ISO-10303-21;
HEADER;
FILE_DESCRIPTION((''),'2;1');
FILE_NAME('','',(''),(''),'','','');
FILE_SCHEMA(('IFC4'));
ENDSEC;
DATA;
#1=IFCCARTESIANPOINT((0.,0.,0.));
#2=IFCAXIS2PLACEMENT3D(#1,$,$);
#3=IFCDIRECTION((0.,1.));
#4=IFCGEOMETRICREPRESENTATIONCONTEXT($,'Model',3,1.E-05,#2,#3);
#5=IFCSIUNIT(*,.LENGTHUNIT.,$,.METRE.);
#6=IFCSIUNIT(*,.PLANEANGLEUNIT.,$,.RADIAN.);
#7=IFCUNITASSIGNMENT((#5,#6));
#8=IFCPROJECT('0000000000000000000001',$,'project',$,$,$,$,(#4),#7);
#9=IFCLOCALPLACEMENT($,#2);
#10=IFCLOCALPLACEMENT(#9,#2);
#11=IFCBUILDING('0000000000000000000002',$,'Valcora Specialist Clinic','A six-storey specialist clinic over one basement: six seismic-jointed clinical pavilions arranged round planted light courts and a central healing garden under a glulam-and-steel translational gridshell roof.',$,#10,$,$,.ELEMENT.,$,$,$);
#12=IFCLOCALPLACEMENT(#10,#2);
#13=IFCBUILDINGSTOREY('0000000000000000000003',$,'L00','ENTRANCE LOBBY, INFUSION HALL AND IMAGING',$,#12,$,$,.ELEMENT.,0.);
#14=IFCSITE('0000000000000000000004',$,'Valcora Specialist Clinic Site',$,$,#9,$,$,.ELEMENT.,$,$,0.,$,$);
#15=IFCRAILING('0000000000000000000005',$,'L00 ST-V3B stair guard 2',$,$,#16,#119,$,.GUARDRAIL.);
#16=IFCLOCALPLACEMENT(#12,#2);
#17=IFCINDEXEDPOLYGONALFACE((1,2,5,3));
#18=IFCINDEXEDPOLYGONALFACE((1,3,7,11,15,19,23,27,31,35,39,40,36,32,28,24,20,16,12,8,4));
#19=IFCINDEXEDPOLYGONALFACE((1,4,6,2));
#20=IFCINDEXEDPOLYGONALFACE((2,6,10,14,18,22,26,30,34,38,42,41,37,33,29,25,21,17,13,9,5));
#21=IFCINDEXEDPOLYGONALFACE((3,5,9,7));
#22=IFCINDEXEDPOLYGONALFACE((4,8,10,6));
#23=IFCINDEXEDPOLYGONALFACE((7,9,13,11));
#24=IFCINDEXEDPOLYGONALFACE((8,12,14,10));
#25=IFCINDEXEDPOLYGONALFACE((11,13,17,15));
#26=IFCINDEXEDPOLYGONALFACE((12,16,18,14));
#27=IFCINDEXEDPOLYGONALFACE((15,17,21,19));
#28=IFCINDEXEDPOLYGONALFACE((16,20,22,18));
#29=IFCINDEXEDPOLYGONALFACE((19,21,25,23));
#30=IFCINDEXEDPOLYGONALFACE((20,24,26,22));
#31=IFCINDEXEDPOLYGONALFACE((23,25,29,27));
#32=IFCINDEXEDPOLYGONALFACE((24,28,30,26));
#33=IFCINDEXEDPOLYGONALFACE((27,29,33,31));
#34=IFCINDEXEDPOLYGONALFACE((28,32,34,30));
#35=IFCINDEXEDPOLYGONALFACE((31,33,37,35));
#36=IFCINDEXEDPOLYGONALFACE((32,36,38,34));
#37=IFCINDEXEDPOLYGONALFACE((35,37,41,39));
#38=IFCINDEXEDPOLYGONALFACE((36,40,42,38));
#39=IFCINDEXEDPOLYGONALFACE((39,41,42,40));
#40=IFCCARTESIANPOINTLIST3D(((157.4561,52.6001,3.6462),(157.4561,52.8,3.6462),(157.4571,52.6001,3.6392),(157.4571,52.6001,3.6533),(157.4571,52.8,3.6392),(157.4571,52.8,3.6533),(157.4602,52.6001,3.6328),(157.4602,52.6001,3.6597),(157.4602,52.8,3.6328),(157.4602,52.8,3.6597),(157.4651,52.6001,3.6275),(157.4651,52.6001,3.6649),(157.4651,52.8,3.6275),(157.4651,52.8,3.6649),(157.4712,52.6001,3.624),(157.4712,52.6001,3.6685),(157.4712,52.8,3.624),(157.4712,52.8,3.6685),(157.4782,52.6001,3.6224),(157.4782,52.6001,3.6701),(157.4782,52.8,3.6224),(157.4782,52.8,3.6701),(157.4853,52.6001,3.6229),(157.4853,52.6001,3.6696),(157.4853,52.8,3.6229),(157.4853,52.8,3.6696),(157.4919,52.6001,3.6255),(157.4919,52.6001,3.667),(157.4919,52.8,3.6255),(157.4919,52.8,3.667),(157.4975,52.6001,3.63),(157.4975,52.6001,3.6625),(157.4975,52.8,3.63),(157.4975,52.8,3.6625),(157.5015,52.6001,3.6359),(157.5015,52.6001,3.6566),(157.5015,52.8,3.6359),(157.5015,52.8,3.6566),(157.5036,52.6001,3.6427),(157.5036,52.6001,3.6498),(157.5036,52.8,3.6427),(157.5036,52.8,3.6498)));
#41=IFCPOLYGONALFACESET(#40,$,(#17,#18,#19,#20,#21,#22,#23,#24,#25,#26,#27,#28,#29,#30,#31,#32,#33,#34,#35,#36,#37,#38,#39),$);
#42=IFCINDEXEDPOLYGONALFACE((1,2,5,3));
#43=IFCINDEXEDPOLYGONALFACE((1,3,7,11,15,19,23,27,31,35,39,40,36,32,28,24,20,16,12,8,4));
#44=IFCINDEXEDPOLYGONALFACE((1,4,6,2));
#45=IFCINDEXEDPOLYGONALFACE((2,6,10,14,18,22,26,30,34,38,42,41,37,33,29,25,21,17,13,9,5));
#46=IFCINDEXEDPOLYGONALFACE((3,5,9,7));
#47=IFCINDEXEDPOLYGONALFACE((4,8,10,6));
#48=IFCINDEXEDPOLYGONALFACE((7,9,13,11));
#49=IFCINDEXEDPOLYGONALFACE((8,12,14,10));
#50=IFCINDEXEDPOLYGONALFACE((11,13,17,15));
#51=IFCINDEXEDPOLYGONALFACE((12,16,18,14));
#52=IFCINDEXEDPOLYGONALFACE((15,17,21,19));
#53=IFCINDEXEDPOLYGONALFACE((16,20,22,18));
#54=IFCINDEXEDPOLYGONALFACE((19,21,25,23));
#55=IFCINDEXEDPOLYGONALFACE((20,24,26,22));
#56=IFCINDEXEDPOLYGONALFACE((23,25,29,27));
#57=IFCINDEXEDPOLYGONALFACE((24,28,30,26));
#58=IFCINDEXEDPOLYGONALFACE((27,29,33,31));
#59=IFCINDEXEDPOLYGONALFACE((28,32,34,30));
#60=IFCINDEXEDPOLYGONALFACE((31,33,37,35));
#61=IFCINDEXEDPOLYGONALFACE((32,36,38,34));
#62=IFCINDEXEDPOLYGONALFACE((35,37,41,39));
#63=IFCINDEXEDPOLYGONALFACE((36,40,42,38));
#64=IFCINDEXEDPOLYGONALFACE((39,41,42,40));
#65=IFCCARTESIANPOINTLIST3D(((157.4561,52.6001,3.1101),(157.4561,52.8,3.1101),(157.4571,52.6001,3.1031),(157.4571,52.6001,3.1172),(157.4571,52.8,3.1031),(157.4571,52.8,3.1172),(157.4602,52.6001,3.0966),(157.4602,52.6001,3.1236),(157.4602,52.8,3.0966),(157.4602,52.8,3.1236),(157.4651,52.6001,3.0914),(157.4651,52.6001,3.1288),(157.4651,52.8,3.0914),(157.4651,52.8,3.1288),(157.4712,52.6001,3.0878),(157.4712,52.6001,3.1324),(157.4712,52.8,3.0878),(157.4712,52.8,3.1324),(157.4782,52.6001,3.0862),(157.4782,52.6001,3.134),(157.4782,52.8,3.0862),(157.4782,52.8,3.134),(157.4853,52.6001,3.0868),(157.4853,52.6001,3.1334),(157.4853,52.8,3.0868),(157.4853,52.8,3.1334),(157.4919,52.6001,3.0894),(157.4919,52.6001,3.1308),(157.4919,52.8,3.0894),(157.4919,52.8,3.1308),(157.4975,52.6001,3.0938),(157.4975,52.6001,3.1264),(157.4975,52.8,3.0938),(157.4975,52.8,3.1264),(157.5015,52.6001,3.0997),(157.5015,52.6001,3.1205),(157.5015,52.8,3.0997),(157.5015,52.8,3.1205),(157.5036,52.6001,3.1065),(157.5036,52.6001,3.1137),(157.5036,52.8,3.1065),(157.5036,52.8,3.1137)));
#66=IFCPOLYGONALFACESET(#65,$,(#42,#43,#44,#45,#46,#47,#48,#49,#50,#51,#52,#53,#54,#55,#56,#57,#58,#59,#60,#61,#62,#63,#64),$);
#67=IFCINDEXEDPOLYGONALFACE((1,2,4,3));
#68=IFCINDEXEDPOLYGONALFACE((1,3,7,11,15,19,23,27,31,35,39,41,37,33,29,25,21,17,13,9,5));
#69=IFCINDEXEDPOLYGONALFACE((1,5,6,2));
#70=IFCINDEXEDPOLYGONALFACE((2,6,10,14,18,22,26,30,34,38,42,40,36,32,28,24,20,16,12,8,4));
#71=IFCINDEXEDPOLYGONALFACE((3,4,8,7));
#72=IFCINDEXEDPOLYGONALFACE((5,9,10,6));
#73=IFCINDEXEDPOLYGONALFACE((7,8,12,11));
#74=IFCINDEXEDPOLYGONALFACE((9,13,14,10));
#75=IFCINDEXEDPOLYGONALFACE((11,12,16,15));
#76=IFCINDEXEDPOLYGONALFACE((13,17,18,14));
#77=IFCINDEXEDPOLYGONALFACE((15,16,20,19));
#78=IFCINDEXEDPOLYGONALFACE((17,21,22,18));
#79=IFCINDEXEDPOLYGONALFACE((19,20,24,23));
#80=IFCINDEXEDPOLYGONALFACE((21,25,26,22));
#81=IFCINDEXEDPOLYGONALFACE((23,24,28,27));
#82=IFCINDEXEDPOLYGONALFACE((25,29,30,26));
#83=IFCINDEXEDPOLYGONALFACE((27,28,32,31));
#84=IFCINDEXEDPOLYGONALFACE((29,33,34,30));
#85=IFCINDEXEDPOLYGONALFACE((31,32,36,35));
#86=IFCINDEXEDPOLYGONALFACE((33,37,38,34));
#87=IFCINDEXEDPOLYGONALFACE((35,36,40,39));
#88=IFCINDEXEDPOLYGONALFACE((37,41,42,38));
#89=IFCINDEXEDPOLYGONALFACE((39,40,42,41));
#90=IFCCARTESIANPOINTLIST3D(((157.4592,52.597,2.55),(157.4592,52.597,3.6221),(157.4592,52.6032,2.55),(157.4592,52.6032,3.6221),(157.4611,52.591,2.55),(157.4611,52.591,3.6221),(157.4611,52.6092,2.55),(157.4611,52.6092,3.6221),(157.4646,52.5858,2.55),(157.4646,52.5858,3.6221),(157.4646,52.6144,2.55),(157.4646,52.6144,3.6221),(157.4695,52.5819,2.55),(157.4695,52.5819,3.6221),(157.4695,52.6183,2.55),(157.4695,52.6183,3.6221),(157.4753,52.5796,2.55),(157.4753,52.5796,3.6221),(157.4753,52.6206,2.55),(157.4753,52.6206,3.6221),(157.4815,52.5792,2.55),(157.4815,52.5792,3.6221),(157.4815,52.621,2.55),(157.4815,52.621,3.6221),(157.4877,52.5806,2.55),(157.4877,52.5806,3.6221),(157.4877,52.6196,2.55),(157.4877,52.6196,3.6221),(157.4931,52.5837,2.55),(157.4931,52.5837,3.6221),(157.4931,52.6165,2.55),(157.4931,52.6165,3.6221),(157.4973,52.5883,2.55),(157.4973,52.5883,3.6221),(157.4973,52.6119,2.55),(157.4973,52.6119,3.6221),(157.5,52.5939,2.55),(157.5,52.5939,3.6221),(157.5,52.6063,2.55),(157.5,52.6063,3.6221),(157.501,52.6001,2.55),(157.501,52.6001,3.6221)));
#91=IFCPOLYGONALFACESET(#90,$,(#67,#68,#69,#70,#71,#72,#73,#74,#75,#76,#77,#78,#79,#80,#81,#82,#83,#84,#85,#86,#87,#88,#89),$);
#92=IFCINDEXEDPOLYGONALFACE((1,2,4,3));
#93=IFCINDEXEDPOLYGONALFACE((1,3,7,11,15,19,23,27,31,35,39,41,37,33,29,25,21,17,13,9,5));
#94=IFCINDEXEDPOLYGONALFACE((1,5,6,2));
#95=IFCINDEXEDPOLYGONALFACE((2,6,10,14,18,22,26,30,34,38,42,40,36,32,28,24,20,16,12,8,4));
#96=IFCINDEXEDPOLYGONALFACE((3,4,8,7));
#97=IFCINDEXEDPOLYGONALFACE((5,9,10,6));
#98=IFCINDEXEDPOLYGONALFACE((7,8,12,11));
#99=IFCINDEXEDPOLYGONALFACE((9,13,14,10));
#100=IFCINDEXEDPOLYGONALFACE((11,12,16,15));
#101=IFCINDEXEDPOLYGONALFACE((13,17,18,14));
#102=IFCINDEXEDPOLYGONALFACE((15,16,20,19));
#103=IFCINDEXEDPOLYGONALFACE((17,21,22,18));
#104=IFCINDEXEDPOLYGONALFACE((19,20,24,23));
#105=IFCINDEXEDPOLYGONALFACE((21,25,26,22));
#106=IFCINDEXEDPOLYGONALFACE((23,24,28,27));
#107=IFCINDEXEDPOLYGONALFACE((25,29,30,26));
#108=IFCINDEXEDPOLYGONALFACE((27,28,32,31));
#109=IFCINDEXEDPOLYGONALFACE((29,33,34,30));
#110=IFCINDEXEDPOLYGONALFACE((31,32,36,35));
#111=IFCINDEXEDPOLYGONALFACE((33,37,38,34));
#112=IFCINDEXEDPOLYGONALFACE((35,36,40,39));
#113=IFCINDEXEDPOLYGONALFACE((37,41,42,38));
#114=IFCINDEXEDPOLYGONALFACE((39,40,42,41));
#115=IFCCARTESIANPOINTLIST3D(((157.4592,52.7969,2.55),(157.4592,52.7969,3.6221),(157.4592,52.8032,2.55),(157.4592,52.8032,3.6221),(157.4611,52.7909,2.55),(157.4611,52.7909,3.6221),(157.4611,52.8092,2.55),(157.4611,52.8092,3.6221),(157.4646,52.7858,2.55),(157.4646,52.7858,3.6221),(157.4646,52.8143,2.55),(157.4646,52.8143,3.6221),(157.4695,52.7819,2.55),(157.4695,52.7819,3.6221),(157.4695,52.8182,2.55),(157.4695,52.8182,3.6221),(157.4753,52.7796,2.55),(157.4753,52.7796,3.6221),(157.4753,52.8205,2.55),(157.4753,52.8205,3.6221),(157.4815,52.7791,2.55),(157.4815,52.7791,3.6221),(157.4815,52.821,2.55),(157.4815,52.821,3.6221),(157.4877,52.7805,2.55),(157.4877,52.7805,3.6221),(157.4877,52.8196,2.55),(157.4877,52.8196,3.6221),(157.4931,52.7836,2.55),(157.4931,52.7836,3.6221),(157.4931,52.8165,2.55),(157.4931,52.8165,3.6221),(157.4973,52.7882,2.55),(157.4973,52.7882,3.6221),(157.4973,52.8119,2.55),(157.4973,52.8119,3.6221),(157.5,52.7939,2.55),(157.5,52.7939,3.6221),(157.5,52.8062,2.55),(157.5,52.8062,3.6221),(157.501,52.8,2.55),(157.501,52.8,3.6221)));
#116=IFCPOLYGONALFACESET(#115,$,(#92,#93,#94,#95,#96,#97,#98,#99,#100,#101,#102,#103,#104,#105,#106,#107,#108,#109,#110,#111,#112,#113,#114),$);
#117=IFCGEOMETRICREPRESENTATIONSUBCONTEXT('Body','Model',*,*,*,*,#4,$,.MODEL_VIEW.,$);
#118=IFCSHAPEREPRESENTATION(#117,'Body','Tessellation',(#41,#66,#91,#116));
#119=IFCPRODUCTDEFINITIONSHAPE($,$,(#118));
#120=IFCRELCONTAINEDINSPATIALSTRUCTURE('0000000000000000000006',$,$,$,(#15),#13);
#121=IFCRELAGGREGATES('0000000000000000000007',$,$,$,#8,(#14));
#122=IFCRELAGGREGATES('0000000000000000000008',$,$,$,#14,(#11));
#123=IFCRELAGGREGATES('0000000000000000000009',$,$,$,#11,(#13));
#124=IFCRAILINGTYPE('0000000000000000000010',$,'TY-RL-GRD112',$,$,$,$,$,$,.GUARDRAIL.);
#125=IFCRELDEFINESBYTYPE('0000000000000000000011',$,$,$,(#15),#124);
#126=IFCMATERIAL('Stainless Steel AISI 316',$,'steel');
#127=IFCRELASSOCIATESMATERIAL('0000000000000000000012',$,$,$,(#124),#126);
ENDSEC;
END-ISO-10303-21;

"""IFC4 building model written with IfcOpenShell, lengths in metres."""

from ifc_helpers import new_model, si_unit, direction, frame, origin, origin_2d, place, context, subcontext, project, spatial, circle, extrude, material, type_object, element, save


model = new_model("IFC4")

# Units and contexts
model_context = context("Model", 3, precision=1e-05, world=origin(), true_north=direction((0.0, 1.0)))
body_context = subcontext(model_context, "Body", "Model", "MODEL_VIEW")
ifc_project = project(units=[si_unit("LENGTHUNIT", "METRE"), si_unit("PLANEANGLEUNIT", "RADIAN")], contexts=[model_context])

# Site, building, storey
site_placement = place(None, origin())
site = spatial("IfcSite", under=ifc_project, at=site_placement, Name="Valcora Specialist Clinic Site", CompositionType="ELEMENT", RefElevation=0.0)
building_placement = place(site_placement, origin())
building = spatial("IfcBuilding", under=site, at=building_placement, Name="Valcora Specialist Clinic", Description="A six-storey specialist clinic over one basement: six seismic-jointed clinical pavilions arranged round planted light courts and a central healing garden under a glulam-and-steel translational gridshell roof.", CompositionType="ELEMENT")
storey_placement = place(building_placement, origin())
storey = spatial("IfcBuildingStorey", under=building, at=storey_placement, Name="L00", Description="ENTRANCE LOBBY, INFUSION HALL AND IMAGING", CompositionType="ELEMENT", Elevation=0.0)

# Railing
ifc_material_1 = material(Name="Stainless Steel AISI 316", Category="steel")
railing_type_1 = type_object("IfcRailingType", Name="TY-RL-GRD112", PredefinedType="GUARDRAIL", material=ifc_material_1)
railing_1_placement = place(storey_placement, frame((157.48, 52.6001, 2.55)))
element("IfcRailing", 1, at=railing_1_placement, inside=storey, type_object=railing_type_1, Name="L00 ST-V3B stair guard 2", PredefinedType="GUARDRAIL", context=body_context, shape_type="SweptSolid", body=[
    extrude(circle(Radius=0.0239, at=origin_2d()), frame((0.0, 0.0, 1.0962), z_axis=(0.0, 1.0, 0.0), x_axis=(-1.0, 0.0, 0.0)), (0.0, 0.0, 1.0), 0.2),
    extrude(circle(Radius=0.0239, at=origin_2d()), frame((0.0, 0.0, 0.5601), z_axis=(0.0, 1.0, 0.0), x_axis=(-1.0, 0.0, 0.0)), (0.0, 0.0, 1.0), 0.2),
    extrude(circle(Radius=0.021, at=origin_2d()), origin(), (0.0, 0.0, 1.0), 1.072),
    extrude(circle(Radius=0.021, at=origin_2d()), frame((0.0, 0.2, 0.0)), (0.0, 0.0, 1.0), 1.072),
])

save(model, "model.ifc")
